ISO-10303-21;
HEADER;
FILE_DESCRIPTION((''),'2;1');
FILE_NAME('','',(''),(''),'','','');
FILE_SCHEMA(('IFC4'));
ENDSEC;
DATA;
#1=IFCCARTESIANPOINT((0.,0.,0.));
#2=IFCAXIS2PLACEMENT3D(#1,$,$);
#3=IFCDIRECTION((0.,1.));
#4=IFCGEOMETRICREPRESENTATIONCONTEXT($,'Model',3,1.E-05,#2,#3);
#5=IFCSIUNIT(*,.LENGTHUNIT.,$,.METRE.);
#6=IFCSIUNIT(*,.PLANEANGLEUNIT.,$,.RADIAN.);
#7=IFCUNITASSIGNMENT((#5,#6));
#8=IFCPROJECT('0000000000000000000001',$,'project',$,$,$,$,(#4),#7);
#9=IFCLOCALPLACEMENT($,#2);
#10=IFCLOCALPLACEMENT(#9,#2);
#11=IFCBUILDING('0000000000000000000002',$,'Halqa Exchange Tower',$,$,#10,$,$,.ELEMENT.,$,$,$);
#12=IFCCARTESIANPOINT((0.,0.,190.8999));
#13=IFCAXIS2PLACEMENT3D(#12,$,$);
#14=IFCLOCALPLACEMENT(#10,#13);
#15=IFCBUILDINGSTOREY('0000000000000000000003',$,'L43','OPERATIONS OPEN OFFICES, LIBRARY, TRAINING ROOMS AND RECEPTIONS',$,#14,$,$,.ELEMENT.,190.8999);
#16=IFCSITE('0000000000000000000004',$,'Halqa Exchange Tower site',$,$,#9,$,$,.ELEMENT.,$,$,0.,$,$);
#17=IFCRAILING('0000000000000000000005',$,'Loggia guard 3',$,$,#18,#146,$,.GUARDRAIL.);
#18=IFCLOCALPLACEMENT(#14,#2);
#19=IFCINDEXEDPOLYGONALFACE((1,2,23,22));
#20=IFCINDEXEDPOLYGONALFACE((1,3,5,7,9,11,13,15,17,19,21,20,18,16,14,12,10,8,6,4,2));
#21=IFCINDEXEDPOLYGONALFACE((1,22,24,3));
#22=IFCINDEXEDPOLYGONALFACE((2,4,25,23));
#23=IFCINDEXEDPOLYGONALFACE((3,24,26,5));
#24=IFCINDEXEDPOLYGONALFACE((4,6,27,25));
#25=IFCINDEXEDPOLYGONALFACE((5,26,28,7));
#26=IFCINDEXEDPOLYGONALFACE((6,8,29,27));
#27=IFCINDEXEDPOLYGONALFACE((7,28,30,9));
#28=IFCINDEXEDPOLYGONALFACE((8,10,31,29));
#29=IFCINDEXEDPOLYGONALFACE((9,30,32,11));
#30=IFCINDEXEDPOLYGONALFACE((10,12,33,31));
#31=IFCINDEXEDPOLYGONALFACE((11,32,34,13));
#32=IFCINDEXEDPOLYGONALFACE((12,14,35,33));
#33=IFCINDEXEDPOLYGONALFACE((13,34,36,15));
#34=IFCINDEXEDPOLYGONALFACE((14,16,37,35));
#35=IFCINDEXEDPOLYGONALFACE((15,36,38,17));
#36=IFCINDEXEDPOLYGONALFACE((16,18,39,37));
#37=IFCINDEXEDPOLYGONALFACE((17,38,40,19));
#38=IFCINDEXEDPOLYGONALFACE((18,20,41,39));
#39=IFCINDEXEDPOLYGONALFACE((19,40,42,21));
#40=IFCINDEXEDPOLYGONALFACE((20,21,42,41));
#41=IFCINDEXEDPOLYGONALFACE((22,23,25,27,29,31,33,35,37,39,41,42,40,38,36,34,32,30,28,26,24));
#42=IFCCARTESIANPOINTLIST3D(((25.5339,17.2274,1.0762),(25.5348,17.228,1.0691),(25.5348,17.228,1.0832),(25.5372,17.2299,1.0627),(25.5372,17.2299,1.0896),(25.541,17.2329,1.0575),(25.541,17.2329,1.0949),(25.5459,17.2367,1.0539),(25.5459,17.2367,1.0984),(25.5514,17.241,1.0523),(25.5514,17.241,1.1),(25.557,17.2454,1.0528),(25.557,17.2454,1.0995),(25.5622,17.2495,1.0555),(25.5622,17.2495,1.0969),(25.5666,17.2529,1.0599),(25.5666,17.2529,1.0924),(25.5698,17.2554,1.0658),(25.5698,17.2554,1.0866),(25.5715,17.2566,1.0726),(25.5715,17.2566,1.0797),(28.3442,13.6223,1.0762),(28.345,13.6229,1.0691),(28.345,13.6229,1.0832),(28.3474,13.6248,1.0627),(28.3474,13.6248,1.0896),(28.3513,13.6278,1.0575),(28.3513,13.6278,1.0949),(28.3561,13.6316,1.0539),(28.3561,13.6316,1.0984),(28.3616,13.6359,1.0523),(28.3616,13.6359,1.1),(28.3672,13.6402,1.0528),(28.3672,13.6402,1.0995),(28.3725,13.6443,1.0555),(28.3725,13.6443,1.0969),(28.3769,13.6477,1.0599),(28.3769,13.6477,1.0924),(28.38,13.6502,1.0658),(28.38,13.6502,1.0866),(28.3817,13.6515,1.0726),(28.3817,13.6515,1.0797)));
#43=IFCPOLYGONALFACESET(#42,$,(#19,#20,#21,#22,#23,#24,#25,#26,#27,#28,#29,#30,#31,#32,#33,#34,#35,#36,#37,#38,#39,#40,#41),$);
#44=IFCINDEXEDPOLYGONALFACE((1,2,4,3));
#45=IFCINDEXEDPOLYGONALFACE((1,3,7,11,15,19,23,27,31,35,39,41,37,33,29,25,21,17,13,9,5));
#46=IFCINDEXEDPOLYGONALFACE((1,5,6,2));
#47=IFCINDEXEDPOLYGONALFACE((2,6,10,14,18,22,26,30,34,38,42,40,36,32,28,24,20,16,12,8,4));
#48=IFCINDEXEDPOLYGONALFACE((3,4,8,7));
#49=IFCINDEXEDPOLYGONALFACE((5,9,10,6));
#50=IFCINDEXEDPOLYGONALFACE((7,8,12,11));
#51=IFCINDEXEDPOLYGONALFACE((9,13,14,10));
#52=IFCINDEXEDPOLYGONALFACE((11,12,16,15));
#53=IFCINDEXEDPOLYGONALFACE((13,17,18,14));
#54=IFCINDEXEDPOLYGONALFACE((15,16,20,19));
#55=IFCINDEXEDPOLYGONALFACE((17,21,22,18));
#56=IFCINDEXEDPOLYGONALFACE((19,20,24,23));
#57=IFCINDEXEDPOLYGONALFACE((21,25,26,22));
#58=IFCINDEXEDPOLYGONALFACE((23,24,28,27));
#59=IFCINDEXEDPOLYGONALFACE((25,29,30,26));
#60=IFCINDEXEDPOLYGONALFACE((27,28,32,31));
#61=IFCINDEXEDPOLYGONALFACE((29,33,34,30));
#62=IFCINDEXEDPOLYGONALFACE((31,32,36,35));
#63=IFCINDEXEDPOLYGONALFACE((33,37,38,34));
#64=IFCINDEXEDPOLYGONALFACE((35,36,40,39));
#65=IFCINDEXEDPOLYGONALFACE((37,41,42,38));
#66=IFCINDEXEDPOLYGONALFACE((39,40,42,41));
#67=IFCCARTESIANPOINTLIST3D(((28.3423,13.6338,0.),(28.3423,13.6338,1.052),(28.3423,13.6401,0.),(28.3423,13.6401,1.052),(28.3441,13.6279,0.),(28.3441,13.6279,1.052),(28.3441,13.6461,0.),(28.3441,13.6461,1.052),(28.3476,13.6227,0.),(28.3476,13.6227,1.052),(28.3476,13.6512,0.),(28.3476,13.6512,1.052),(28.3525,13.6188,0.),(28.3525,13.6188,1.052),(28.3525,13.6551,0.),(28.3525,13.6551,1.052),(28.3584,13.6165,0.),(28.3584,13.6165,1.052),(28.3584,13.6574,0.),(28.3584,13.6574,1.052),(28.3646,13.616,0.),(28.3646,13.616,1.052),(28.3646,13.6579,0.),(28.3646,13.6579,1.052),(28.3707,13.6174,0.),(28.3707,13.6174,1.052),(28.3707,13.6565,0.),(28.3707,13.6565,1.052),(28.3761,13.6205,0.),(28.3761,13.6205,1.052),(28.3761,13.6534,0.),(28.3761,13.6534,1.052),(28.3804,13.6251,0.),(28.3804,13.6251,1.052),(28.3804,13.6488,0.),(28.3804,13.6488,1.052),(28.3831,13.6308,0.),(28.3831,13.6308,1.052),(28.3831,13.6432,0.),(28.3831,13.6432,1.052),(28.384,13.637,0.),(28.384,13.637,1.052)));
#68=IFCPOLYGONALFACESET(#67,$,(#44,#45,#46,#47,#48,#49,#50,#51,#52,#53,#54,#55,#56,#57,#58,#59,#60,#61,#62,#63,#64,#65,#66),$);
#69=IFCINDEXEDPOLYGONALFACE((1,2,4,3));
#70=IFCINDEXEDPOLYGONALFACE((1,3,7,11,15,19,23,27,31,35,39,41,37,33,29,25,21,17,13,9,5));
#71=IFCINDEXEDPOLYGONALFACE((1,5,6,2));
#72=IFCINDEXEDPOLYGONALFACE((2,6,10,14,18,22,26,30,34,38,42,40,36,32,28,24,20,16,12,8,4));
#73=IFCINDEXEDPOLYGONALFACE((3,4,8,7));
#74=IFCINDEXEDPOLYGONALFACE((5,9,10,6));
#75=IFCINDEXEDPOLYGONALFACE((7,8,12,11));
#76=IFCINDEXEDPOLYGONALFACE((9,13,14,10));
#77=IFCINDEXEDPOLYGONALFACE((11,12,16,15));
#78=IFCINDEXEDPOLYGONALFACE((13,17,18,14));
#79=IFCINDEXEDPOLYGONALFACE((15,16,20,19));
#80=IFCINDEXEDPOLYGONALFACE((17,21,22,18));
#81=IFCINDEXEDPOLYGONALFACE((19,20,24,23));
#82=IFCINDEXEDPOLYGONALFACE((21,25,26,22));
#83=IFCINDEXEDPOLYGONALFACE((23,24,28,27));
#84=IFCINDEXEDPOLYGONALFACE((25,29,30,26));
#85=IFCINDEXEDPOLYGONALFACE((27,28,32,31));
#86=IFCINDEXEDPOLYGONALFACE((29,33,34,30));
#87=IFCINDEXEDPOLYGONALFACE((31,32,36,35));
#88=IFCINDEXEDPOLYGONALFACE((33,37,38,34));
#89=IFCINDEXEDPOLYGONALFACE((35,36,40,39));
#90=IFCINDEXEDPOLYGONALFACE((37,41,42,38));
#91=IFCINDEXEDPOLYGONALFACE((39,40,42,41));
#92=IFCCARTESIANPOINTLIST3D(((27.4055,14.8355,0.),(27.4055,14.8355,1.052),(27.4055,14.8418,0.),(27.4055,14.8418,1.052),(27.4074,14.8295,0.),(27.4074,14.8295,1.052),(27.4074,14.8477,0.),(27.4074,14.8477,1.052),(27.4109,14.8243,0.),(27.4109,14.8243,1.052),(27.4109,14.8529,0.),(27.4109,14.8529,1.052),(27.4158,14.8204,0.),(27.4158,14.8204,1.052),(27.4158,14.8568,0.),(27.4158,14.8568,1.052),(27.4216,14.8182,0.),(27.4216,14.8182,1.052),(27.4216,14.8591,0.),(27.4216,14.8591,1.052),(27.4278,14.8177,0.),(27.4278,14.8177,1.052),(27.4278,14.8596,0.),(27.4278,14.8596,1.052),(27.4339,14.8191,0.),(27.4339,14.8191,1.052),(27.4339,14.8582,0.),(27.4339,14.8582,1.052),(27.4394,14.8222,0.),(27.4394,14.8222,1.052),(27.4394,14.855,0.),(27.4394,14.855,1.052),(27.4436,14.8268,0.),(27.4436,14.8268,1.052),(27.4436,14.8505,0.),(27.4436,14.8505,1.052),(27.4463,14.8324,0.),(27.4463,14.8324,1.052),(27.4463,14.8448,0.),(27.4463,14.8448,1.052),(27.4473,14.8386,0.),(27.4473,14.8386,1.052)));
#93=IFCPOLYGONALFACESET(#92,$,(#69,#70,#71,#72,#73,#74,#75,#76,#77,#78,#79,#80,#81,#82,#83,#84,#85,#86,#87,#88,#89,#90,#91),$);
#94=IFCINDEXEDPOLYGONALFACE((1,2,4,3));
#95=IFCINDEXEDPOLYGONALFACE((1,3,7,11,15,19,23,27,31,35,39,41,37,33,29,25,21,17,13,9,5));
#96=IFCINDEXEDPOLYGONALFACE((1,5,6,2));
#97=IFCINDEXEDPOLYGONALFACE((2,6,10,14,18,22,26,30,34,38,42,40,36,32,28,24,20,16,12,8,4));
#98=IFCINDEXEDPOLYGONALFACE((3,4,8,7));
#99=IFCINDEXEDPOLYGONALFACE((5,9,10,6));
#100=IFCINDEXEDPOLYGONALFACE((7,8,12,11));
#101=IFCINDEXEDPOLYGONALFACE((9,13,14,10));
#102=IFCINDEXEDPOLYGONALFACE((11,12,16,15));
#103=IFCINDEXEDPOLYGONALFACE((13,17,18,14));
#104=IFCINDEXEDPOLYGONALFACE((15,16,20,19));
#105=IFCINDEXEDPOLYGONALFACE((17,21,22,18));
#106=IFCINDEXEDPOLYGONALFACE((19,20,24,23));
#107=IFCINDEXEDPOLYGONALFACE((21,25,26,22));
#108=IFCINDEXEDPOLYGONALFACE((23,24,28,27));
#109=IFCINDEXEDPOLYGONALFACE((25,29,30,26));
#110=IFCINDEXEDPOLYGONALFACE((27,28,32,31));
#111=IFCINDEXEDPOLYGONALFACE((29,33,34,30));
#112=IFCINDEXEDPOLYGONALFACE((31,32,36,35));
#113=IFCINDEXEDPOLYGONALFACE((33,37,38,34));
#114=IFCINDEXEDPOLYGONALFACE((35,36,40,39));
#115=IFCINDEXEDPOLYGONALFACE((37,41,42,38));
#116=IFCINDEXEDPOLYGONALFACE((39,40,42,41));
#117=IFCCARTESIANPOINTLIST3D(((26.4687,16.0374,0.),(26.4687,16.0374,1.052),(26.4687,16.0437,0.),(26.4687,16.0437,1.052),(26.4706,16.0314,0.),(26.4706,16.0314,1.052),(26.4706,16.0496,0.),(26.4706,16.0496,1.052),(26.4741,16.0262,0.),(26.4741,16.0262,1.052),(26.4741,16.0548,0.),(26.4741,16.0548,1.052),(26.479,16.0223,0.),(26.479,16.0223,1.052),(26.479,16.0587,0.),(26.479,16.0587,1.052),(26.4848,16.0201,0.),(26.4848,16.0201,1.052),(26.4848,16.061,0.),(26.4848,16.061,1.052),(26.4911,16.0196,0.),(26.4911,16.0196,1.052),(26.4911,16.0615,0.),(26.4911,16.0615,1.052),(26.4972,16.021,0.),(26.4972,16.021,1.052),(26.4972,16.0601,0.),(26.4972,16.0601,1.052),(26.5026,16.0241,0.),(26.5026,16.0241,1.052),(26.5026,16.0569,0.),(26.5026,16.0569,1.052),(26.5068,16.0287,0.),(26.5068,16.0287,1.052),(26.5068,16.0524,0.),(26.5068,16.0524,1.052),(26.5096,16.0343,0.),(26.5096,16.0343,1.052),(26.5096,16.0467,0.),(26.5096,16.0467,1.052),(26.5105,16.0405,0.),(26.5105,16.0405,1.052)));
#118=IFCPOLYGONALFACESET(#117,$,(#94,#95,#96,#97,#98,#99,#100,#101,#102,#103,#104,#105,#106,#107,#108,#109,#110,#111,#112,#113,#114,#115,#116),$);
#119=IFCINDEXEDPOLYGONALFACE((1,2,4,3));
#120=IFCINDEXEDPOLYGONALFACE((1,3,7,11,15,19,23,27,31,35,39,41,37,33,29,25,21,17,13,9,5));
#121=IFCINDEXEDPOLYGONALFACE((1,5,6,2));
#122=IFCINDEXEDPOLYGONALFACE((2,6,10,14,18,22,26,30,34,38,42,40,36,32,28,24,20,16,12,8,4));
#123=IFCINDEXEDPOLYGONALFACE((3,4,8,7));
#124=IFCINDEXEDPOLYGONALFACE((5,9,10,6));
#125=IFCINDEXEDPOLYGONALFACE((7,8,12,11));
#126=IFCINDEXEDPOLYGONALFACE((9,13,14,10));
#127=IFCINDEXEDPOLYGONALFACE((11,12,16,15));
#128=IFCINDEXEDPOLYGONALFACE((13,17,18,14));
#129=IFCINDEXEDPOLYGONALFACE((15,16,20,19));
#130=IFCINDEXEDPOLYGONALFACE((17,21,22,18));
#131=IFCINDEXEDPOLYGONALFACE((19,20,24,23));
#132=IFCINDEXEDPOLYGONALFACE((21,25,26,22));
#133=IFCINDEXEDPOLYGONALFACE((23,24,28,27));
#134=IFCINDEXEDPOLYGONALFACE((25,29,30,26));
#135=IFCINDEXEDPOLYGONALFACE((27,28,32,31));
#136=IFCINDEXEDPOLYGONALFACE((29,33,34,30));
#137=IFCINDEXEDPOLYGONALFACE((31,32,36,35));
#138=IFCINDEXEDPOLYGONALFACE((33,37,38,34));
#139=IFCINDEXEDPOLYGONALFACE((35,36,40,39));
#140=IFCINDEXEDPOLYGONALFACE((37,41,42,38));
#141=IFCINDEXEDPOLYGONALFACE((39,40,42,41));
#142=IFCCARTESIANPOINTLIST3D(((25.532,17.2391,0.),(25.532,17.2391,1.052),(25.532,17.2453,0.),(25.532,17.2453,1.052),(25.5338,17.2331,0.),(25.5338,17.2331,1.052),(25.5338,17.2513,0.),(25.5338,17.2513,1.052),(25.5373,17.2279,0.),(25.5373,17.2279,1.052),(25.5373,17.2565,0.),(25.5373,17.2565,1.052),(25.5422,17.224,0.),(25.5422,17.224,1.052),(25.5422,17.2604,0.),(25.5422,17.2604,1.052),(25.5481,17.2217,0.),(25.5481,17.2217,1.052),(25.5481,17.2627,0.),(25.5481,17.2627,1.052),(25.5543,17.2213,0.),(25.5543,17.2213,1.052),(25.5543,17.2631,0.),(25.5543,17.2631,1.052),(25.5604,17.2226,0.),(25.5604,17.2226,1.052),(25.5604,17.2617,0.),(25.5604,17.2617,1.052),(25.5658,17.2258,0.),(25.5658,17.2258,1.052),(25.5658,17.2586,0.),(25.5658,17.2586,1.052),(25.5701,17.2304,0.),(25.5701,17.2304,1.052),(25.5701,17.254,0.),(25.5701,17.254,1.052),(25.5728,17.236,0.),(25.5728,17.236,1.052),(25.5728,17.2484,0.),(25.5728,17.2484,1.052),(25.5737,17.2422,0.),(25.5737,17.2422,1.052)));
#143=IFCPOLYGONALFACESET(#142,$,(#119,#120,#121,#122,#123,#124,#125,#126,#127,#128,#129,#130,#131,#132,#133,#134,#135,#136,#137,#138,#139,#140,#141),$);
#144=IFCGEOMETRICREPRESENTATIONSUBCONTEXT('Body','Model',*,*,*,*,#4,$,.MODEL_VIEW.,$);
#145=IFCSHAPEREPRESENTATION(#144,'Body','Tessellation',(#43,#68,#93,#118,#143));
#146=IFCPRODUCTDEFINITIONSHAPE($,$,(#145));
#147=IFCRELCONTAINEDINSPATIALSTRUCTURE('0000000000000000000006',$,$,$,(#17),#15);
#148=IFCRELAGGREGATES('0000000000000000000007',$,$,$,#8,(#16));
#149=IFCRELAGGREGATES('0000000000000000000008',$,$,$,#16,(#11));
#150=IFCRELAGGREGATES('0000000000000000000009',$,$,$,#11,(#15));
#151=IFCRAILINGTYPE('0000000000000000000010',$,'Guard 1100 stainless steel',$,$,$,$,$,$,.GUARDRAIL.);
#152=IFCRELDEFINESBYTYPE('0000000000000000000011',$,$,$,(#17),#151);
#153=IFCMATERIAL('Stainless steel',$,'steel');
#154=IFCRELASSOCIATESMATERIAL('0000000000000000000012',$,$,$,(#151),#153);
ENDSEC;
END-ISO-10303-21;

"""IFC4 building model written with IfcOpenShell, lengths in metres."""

from ifc_helpers import new_model, si_unit, direction, frame, origin, origin_2d, place, context, subcontext, project, spatial, circle, extrude, material, type_object, element, save


model = new_model("IFC4")

# Units and contexts
model_context = context("Model", 3, precision=1e-05, world=origin(), true_north=direction((0.0, 1.0)))
body_context = subcontext(model_context, "Body", "Model", "MODEL_VIEW")
ifc_project = project(units=[si_unit("LENGTHUNIT", "METRE"), si_unit("PLANEANGLEUNIT", "RADIAN")], contexts=[model_context])

# Site, building, storey
site_placement = place(None, origin())
site = spatial("IfcSite", under=ifc_project, at=site_placement, Name="Halqa Exchange Tower site", CompositionType="ELEMENT", RefElevation=0.0)
building_placement = place(site_placement, origin())
building = spatial("IfcBuilding", under=site, at=building_placement, Name="Halqa Exchange Tower", CompositionType="ELEMENT")
storey_placement = place(building_placement, frame((0.0, 0.0, 190.8999)))
storey = spatial("IfcBuildingStorey", under=building, at=storey_placement, Name="L43", Description="OPERATIONS OPEN OFFICES, LIBRARY, TRAINING ROOMS AND RECEPTIONS", CompositionType="ELEMENT", Elevation=190.8999)

# Railing
ifc_material_1 = material(Name="Stainless steel", Category="steel")
railing_type = type_object("IfcRailingType", Name="Guard 1100 stainless steel", PredefinedType="GUARDRAIL", material=ifc_material_1)
railing_1_placement = place(storey_placement, frame((28.363, 13.637, 0.0)))
element("IfcRailing", 1, at=railing_1_placement, inside=storey, type_object=railing_type, Name="Loggia guard 3", PredefinedType="GUARDRAIL", context=body_context, shape_type="SweptSolid", body=[
    extrude(circle(Radius=0.0239, at=origin_2d()), frame((0.0, 0.0, 1.0762), z_axis=(-0.614791, 0.78869, 0.0), x_axis=(-0.78869, -0.614791, 0.0)), (0.0, 0.0, 1.0), 4.571),
    extrude(circle(Radius=0.021, at=origin_2d()), origin(), (0.0, 0.0, 1.0), 1.052),
    extrude(circle(Radius=0.021, at=origin_2d()), frame((-0.9368, 1.2017, 0.0)), (0.0, 0.0, 1.0), 1.052),
    extrude(circle(Radius=0.021, at=origin_2d()), frame((-1.8735, 2.4036, 0.0)), (0.0, 0.0, 1.0), 1.052),
    extrude(circle(Radius=0.021, at=origin_2d()), frame((-2.8103, 3.6052, 0.0)), (0.0, 0.0, 1.0), 1.052),
])

save(model, "model.ifc")
